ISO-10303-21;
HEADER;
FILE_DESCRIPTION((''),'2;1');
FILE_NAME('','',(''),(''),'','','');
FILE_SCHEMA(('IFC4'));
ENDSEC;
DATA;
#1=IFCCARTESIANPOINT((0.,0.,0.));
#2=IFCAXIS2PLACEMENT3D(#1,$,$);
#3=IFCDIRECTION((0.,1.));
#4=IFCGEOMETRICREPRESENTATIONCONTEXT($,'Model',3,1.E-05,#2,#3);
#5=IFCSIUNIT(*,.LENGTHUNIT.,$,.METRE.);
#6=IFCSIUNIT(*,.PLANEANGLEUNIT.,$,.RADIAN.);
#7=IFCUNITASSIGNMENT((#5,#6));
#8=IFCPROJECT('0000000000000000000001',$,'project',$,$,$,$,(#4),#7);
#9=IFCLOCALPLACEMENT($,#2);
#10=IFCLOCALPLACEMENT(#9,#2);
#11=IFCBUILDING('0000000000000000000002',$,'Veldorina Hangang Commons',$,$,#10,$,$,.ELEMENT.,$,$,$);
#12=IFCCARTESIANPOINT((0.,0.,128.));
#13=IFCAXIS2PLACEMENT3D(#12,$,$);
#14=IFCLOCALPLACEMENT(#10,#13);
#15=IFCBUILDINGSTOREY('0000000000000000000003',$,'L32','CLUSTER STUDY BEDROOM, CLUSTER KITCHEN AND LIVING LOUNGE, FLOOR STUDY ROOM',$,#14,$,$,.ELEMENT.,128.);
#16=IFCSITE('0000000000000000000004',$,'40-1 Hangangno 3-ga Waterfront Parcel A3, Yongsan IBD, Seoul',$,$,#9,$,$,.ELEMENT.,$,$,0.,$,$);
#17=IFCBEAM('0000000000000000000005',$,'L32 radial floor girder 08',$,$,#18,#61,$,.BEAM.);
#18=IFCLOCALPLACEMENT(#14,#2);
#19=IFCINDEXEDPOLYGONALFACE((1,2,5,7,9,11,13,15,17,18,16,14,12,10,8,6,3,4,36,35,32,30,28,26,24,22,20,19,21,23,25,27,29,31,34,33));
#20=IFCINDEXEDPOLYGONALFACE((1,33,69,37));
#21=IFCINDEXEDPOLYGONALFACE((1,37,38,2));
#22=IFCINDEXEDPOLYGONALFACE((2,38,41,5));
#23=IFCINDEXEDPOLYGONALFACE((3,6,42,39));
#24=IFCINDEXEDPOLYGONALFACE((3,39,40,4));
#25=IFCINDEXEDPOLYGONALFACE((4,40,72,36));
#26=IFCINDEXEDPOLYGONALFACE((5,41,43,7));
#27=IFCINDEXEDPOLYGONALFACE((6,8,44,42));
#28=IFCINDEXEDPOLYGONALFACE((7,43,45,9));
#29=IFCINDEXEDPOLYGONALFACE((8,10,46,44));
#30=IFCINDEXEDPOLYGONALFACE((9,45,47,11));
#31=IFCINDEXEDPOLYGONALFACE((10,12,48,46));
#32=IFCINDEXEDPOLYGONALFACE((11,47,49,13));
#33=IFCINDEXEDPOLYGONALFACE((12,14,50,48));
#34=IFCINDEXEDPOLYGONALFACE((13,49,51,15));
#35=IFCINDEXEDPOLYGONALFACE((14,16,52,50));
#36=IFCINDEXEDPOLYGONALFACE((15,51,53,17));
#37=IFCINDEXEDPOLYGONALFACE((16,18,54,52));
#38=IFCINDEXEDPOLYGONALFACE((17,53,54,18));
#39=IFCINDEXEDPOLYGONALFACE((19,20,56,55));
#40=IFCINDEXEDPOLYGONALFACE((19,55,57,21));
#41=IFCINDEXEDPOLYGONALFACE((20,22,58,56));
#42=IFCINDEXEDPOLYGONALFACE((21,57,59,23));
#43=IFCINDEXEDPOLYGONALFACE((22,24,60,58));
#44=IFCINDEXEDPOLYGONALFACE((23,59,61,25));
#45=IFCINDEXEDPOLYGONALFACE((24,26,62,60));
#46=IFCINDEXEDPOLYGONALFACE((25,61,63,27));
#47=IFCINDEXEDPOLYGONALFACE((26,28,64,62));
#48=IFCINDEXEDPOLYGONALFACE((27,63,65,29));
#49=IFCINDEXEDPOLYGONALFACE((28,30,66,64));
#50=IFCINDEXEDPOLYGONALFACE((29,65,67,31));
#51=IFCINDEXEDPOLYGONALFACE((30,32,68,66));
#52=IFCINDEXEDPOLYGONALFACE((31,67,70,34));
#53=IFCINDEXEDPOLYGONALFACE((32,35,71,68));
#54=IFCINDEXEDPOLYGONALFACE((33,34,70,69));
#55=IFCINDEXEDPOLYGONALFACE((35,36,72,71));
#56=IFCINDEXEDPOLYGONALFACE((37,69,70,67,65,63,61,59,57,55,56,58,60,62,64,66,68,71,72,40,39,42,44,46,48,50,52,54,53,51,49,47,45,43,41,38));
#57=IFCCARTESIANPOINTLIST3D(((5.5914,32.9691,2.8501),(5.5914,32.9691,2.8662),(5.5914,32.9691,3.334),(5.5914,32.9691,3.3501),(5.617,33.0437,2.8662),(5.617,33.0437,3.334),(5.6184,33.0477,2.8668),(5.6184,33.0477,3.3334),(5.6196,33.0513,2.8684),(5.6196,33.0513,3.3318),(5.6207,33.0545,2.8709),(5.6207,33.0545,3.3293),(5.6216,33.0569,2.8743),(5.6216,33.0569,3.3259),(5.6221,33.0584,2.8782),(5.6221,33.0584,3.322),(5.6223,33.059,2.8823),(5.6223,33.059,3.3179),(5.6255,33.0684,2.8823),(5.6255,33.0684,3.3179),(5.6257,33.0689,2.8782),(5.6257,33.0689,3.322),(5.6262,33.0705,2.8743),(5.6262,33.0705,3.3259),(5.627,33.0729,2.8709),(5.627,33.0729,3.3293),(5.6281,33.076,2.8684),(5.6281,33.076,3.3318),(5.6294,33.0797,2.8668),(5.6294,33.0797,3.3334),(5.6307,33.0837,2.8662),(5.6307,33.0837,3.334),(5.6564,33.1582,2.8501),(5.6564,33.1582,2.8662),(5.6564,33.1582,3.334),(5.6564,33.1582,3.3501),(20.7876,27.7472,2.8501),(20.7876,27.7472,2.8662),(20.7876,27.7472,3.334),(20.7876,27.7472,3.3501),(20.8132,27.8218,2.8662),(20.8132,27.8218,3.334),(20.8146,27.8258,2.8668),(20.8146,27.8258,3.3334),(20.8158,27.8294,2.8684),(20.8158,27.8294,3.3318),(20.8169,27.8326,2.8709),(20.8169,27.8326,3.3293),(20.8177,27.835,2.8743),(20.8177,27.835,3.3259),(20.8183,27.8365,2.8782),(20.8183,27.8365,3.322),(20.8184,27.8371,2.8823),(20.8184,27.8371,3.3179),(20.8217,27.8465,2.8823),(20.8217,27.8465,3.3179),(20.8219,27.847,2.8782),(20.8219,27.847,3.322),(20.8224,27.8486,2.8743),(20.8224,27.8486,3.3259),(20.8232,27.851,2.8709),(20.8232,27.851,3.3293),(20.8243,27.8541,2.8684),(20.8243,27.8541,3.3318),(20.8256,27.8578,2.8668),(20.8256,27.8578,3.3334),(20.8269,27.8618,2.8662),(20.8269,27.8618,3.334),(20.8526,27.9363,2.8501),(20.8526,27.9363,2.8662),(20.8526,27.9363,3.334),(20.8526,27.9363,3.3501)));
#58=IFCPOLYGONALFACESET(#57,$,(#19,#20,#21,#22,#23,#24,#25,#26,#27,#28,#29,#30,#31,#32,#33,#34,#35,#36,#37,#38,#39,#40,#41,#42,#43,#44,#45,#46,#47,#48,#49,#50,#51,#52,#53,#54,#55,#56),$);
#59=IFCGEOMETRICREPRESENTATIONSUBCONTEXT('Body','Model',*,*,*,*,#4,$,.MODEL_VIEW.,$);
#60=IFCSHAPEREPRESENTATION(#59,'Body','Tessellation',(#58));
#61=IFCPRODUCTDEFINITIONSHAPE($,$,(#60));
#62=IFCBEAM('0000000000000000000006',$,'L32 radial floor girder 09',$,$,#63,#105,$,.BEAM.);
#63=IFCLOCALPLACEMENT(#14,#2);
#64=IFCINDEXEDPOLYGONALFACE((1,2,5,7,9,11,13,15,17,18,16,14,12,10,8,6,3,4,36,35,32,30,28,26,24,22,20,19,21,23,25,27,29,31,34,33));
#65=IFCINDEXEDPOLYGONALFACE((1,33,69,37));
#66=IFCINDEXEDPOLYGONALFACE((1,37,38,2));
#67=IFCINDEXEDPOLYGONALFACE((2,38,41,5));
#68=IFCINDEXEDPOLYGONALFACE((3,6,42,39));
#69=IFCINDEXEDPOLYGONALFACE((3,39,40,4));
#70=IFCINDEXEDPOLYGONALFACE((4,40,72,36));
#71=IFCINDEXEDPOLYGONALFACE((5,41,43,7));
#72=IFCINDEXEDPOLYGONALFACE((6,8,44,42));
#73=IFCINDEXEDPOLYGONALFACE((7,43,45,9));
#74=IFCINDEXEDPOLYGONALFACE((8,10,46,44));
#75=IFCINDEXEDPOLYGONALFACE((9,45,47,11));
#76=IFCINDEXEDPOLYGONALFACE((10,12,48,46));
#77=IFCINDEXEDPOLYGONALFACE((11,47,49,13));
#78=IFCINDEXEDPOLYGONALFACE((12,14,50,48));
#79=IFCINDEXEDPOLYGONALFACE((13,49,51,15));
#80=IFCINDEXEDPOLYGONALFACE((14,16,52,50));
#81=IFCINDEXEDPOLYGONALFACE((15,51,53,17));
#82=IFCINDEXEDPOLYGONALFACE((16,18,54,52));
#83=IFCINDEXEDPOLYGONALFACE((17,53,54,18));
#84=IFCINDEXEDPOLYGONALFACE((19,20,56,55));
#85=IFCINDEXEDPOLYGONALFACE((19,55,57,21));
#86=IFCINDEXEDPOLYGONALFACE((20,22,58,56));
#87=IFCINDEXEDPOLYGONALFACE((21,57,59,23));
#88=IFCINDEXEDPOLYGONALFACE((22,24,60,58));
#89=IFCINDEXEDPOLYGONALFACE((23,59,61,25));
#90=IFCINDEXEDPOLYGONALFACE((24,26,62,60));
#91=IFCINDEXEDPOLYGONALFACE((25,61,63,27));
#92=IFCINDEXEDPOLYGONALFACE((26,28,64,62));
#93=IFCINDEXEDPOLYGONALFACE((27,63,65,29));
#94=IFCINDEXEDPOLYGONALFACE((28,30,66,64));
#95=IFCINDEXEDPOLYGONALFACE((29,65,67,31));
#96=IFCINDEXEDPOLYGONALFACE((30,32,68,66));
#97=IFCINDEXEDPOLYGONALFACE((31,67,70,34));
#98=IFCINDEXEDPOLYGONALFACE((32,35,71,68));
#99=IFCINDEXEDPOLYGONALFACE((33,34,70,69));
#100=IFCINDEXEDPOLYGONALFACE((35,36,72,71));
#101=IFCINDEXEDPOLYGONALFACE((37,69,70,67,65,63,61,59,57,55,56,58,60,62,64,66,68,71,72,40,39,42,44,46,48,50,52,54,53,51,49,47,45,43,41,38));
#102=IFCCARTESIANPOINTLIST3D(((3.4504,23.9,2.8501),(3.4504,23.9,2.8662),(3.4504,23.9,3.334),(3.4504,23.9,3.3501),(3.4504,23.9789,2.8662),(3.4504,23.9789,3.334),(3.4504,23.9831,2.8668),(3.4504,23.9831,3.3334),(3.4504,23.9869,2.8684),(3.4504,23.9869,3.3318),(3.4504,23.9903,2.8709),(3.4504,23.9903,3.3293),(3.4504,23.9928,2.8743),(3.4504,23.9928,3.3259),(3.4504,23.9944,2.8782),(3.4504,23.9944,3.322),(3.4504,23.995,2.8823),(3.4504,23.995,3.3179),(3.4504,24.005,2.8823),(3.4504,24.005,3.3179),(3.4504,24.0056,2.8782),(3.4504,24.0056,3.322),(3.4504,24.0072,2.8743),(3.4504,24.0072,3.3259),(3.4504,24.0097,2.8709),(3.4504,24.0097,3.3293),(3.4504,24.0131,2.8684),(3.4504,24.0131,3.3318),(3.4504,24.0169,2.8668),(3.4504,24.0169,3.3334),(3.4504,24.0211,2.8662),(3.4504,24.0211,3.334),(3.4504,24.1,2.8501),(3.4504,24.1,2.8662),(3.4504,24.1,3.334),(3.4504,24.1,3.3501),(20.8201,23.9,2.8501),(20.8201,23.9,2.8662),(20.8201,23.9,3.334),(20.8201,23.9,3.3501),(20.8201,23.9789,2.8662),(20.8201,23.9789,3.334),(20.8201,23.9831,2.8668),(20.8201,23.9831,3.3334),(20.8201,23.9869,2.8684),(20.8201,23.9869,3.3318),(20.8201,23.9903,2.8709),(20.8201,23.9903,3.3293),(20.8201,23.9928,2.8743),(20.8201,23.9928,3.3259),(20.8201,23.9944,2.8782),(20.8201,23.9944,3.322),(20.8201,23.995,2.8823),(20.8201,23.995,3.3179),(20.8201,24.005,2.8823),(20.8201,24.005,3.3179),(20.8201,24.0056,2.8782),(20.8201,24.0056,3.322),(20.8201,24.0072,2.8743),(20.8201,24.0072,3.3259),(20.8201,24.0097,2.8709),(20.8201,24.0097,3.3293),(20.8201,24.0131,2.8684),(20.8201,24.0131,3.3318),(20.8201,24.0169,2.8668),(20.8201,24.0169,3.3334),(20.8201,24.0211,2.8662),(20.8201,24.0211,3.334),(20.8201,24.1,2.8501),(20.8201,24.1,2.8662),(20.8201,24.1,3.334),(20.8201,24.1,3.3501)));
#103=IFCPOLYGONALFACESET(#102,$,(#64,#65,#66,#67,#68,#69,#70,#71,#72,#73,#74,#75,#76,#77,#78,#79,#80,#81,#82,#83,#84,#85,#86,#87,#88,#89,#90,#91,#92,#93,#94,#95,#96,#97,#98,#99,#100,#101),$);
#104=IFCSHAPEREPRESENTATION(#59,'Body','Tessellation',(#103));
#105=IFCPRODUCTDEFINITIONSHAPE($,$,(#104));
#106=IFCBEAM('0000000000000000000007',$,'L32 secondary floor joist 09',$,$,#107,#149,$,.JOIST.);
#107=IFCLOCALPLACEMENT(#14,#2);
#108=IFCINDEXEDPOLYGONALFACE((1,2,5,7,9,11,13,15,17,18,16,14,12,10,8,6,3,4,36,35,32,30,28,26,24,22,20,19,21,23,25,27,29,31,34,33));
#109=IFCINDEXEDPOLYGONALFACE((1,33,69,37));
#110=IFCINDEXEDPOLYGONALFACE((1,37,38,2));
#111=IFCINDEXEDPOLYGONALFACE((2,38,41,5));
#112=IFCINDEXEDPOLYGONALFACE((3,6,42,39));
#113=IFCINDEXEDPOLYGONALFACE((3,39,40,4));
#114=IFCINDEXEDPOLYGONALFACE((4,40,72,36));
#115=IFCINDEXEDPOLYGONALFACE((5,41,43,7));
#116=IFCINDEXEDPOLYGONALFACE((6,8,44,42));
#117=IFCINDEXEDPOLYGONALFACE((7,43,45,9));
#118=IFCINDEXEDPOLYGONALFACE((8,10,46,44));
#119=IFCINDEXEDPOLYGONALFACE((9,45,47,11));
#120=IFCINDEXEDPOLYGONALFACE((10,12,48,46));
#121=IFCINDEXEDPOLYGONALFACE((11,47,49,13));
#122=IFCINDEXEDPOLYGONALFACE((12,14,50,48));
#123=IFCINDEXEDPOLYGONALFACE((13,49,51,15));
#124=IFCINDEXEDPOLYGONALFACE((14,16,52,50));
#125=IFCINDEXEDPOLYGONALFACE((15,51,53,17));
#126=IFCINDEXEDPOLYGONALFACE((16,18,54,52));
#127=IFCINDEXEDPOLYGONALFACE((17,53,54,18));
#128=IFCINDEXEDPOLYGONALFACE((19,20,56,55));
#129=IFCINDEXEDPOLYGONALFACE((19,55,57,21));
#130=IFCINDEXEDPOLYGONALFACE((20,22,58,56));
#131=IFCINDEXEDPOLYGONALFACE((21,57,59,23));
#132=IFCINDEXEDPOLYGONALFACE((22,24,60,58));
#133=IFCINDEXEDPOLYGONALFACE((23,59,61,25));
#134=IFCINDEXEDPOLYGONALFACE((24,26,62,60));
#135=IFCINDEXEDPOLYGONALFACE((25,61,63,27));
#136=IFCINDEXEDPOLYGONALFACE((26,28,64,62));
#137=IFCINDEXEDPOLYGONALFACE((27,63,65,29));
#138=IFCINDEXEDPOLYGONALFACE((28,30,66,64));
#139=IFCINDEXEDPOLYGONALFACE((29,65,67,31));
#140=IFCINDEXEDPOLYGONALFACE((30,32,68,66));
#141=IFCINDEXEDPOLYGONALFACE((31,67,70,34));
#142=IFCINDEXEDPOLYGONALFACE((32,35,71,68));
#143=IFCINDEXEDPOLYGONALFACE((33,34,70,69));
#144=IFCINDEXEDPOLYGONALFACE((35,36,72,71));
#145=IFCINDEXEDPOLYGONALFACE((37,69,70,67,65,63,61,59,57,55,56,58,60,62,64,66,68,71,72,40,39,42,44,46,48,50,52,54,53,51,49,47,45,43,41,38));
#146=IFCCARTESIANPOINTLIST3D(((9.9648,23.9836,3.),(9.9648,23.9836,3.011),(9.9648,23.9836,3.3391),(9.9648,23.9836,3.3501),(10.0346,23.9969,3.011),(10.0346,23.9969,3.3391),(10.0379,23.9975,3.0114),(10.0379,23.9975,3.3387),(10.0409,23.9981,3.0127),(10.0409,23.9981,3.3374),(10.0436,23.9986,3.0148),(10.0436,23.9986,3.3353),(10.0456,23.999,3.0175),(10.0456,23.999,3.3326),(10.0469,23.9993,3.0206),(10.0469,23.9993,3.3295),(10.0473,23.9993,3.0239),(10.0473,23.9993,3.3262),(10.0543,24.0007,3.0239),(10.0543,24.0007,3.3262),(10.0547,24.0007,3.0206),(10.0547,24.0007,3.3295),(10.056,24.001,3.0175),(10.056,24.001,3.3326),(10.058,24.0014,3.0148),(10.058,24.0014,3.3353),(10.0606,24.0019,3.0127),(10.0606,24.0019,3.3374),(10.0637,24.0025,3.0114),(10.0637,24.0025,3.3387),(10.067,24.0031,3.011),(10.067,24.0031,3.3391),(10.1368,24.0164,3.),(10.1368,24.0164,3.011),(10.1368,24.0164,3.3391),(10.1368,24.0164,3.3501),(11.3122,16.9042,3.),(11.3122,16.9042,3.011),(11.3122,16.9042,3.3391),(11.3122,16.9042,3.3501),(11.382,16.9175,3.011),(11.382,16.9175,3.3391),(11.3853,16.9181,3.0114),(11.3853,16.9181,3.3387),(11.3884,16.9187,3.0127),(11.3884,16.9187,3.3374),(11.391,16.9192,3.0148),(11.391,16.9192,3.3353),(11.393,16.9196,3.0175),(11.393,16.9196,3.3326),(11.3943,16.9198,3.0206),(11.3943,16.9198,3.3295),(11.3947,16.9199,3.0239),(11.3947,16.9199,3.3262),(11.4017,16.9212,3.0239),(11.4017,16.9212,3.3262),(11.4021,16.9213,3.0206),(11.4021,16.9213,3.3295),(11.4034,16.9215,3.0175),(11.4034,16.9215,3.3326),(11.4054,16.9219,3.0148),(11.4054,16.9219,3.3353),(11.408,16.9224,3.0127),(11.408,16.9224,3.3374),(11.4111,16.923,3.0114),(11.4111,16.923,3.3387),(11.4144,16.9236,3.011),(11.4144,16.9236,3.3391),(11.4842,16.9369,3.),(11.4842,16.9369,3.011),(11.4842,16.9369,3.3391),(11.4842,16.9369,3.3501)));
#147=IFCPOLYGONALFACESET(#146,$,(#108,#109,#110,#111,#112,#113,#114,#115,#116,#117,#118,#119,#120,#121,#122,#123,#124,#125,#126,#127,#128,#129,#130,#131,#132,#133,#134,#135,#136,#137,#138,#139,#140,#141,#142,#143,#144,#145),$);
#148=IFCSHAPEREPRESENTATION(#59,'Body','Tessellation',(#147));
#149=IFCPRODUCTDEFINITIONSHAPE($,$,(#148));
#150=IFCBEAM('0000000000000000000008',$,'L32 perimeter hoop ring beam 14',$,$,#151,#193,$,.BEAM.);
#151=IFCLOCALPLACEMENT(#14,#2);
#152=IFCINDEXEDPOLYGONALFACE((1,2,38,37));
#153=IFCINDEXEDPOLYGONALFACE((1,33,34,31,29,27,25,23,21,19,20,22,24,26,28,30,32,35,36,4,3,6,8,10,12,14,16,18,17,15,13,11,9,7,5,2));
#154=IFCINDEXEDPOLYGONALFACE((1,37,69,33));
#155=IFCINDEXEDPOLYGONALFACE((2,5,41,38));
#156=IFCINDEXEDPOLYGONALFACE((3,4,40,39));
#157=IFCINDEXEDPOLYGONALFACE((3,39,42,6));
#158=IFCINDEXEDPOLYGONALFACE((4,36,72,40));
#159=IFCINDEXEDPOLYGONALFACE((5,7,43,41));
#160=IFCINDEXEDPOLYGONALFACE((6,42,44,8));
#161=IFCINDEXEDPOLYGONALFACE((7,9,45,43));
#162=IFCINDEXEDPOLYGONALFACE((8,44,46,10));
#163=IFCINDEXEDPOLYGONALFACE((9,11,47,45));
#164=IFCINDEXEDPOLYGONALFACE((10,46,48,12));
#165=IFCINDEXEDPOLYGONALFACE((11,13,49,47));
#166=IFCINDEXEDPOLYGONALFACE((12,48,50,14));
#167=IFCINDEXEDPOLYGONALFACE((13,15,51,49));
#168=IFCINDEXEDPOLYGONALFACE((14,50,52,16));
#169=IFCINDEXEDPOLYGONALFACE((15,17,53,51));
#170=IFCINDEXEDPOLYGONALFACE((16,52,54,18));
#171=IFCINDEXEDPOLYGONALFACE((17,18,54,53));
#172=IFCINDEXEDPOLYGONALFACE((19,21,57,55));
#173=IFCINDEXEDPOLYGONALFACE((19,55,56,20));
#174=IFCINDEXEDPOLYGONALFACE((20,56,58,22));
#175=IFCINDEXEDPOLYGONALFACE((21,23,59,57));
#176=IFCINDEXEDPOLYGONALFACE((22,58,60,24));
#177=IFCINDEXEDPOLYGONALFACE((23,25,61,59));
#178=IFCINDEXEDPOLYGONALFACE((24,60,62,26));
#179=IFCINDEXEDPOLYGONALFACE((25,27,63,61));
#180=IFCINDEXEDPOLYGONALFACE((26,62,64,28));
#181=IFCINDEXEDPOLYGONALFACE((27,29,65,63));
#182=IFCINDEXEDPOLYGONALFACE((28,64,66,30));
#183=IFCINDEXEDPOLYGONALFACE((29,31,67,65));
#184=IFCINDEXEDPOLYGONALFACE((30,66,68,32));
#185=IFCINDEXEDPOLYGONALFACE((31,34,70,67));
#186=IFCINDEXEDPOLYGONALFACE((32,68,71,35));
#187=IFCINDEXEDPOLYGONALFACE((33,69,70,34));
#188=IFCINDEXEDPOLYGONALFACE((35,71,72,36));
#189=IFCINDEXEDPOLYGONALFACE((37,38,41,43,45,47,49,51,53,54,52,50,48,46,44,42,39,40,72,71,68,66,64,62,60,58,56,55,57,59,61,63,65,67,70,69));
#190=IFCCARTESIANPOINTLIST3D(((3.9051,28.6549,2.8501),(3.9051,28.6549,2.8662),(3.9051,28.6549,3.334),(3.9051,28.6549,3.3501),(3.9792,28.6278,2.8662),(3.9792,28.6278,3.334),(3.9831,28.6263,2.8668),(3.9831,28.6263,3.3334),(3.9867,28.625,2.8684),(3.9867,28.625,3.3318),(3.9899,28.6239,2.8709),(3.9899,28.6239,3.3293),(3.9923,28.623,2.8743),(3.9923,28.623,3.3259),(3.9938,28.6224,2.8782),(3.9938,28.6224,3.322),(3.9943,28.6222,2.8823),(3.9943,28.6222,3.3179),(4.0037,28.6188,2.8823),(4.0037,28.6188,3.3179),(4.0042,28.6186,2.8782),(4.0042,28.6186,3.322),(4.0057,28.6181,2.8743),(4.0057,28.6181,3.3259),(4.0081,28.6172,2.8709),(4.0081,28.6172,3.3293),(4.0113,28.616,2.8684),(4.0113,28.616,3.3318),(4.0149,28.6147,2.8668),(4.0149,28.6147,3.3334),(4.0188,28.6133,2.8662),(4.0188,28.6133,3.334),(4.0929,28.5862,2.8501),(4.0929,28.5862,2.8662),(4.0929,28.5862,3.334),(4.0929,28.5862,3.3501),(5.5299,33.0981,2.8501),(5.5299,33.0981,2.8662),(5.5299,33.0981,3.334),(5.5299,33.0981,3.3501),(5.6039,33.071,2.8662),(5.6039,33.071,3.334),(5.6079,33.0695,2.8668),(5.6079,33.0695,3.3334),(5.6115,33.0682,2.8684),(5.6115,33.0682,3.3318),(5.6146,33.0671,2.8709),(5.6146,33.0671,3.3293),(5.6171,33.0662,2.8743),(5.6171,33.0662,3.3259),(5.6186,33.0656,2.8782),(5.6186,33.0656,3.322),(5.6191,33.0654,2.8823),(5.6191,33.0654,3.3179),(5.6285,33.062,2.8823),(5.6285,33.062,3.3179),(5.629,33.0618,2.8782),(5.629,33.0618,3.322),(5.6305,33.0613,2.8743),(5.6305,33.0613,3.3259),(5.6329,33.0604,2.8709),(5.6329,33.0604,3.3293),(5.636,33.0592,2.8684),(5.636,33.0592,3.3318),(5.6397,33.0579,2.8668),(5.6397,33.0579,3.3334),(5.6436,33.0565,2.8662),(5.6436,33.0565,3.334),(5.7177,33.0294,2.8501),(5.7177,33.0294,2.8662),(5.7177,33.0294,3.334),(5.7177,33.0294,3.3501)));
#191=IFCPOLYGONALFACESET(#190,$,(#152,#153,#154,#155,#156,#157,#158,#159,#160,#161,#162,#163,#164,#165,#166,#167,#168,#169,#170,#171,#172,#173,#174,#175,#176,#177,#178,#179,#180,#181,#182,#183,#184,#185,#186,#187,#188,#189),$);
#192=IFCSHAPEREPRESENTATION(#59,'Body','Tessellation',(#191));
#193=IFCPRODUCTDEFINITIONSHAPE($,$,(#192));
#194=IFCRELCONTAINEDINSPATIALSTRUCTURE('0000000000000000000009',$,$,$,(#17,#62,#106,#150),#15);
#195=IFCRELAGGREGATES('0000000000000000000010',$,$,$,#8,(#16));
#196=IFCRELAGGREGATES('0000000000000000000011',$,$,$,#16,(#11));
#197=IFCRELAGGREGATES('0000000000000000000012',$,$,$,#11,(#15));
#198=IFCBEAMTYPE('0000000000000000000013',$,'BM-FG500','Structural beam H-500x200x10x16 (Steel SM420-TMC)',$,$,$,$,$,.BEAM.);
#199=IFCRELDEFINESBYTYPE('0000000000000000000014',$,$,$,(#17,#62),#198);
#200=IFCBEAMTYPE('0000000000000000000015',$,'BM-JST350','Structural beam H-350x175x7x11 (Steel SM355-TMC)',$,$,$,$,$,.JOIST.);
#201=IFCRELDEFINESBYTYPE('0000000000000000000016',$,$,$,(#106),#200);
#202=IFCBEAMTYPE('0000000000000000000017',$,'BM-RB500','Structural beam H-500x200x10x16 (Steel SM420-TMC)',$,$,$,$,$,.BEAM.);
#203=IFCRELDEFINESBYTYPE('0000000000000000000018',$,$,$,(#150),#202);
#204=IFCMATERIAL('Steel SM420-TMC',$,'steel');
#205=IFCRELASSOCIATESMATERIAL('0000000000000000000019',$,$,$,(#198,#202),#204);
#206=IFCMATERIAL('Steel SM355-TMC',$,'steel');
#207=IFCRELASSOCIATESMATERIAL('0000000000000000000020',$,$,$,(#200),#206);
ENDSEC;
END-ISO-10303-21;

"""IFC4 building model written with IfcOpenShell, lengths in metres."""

from ifc_helpers import new_model, si_unit, direction, frame, origin, origin_2d, place, context, subcontext, project, spatial, i_section, extrude, material, material_profile, profile_set, type_object, element, save


model = new_model("IFC4")

# Units and contexts
model_context = context("Model", 3, precision=1e-05, world=origin(), true_north=direction((0.0, 1.0)))
body_context = subcontext(model_context, "Body", "Model", "MODEL_VIEW")
ifc_project = project(units=[si_unit("LENGTHUNIT", "METRE"), si_unit("PLANEANGLEUNIT", "RADIAN")], contexts=[model_context])

# Site, building, storey
site_placement = place(None, origin())
site = spatial("IfcSite", under=ifc_project, at=site_placement, Name="40-1 Hangangno 3-ga Waterfront Parcel A3, Yongsan IBD, Seoul", CompositionType="ELEMENT", RefElevation=0.0)
building_placement = place(site_placement, origin())
building = spatial("IfcBuilding", under=site, at=building_placement, Name="Veldorina Hangang Commons", CompositionType="ELEMENT")
storey_placement = place(building_placement, frame((0.0, 0.0, 128.0)))
storey = spatial("IfcBuildingStorey", under=building, at=storey_placement, Name="L32", Description="CLUSTER STUDY BEDROOM, CLUSTER KITCHEN AND LIVING LOUNGE, FLOOR STUDY ROOM", CompositionType="ELEMENT", Elevation=128.0)

# Beams
ifc_material_1 = material(Name="Steel SM420-TMC", Category="steel")
ifc_material_profile_1 = material_profile(ifc_material_1, i_section(OverallWidth=0.2, OverallDepth=0.5, WebThickness=0.01, FlangeThickness=0.0161, FilletRadius=0.0161, at=origin_2d()), Name="H-500x200x10x16")
ifc_profile_set_1 = profile_set([ifc_material_profile_1], Name="Steel SM420-TMC")
beam_type_1 = type_object("IfcBeamType", Name="BM-FG500", Description="Structural beam H-500x200x10x16 (Steel SM420-TMC)", PredefinedType="BEAM", material=ifc_profile_set_1)
beam_1_placement = place(storey_placement, frame((20.8201, 27.8418, 3.1001), z_axis=(-0.945721, 0.32498, 0.0), x_axis=(-0.32498, -0.945721, 0.0)))
element("IfcBeam", 1, at=beam_1_placement, inside=storey, type_object=beam_type_1, Name="L32 radial floor girder 08", PredefinedType="BEAM", context=body_context, shape_type="SweptSolid", body=[
    extrude(i_section(OverallWidth=0.2, OverallDepth=0.5, WebThickness=0.01, FlangeThickness=0.0161, FilletRadius=0.0161, at=origin_2d()), origin(), (0.0, 0.0, 1.0), 16.0684),
])
beam_2_placement = place(storey_placement, frame((20.8201, 24.0, 3.1001), z_axis=(-1.0, 0.0, 0.0), x_axis=(0.0, -1.0, 0.0)))
element("IfcBeam", 2, at=beam_2_placement, inside=storey, type_object=beam_type_1, Name="L32 radial floor girder 09", PredefinedType="BEAM", context=body_context, shape_type="SweptSolid", body=[
    extrude(i_section(OverallWidth=0.2, OverallDepth=0.5, WebThickness=0.01, FlangeThickness=0.0161, FilletRadius=0.0161, at=origin_2d()), origin(), (0.0, 0.0, 1.0), 17.3696),
])
ifc_material_2 = material(Name="Steel SM355-TMC", Category="steel")
ifc_material_profile_2 = material_profile(ifc_material_2, i_section(OverallWidth=0.175, OverallDepth=0.3501, WebThickness=0.0071, FlangeThickness=0.011, FilletRadius=0.0129, at=origin_2d()), Name="H-350x175x7x11")
ifc_profile_set_2 = profile_set([ifc_material_profile_2], Name="Steel SM355-TMC")
beam_type_2 = type_object("IfcBeamType", Name="BM-JST350", Description="Structural beam H-350x175x7x11 (Steel SM355-TMC)", PredefinedType="JOIST", material=ifc_profile_set_2)
beam_3_placement = place(storey_placement, frame((10.0508, 24.0, 3.175), z_axis=(0.186974, -0.982365, 0.0), x_axis=(0.982365, 0.186974, 0.0)))
element("IfcBeam", 3, at=beam_3_placement, inside=storey, type_object=beam_type_2, Name="L32 secondary floor joist 09", PredefinedType="JOIST", context=body_context, shape_type="SweptSolid", body=[
    extrude(i_section(OverallWidth=0.175, OverallDepth=0.3501, WebThickness=0.0071, FlangeThickness=0.011, FilletRadius=0.0129, at=origin_2d()), origin(), (0.0, 0.0, 1.0), 7.2065),
])
ifc_material_profile_3 = material_profile(ifc_material_1, i_section(OverallWidth=0.2, OverallDepth=0.5, WebThickness=0.01, FlangeThickness=0.0161, FilletRadius=0.0161, at=origin_2d()), Name="H-500x200x10x16")
ifc_profile_set_3 = profile_set([ifc_material_profile_3], Name="Steel SM420-TMC")
beam_type_3 = type_object("IfcBeamType", Name="BM-RB500", Description="Structural beam H-500x200x10x16 (Steel SM420-TMC)", PredefinedType="BEAM", material=ifc_profile_set_3)
beam_4_placement = place(storey_placement, frame((5.6238, 33.0637, 3.1001), z_axis=(-0.343437, -0.939176, 0.0), x_axis=(0.939176, -0.343437, 0.0)))
element("IfcBeam", 4, at=beam_4_placement, inside=storey, type_object=beam_type_3, Name="L32 perimeter hoop ring beam 14", PredefinedType="BEAM", context=body_context, shape_type="SweptSolid", body=[
    extrude(i_section(OverallWidth=0.2, OverallDepth=0.5, WebThickness=0.01, FlangeThickness=0.0161, FilletRadius=0.0161, at=origin_2d()), origin(), (0.0, 0.0, 1.0), 4.731),
])

save(model, "model.ifc")
